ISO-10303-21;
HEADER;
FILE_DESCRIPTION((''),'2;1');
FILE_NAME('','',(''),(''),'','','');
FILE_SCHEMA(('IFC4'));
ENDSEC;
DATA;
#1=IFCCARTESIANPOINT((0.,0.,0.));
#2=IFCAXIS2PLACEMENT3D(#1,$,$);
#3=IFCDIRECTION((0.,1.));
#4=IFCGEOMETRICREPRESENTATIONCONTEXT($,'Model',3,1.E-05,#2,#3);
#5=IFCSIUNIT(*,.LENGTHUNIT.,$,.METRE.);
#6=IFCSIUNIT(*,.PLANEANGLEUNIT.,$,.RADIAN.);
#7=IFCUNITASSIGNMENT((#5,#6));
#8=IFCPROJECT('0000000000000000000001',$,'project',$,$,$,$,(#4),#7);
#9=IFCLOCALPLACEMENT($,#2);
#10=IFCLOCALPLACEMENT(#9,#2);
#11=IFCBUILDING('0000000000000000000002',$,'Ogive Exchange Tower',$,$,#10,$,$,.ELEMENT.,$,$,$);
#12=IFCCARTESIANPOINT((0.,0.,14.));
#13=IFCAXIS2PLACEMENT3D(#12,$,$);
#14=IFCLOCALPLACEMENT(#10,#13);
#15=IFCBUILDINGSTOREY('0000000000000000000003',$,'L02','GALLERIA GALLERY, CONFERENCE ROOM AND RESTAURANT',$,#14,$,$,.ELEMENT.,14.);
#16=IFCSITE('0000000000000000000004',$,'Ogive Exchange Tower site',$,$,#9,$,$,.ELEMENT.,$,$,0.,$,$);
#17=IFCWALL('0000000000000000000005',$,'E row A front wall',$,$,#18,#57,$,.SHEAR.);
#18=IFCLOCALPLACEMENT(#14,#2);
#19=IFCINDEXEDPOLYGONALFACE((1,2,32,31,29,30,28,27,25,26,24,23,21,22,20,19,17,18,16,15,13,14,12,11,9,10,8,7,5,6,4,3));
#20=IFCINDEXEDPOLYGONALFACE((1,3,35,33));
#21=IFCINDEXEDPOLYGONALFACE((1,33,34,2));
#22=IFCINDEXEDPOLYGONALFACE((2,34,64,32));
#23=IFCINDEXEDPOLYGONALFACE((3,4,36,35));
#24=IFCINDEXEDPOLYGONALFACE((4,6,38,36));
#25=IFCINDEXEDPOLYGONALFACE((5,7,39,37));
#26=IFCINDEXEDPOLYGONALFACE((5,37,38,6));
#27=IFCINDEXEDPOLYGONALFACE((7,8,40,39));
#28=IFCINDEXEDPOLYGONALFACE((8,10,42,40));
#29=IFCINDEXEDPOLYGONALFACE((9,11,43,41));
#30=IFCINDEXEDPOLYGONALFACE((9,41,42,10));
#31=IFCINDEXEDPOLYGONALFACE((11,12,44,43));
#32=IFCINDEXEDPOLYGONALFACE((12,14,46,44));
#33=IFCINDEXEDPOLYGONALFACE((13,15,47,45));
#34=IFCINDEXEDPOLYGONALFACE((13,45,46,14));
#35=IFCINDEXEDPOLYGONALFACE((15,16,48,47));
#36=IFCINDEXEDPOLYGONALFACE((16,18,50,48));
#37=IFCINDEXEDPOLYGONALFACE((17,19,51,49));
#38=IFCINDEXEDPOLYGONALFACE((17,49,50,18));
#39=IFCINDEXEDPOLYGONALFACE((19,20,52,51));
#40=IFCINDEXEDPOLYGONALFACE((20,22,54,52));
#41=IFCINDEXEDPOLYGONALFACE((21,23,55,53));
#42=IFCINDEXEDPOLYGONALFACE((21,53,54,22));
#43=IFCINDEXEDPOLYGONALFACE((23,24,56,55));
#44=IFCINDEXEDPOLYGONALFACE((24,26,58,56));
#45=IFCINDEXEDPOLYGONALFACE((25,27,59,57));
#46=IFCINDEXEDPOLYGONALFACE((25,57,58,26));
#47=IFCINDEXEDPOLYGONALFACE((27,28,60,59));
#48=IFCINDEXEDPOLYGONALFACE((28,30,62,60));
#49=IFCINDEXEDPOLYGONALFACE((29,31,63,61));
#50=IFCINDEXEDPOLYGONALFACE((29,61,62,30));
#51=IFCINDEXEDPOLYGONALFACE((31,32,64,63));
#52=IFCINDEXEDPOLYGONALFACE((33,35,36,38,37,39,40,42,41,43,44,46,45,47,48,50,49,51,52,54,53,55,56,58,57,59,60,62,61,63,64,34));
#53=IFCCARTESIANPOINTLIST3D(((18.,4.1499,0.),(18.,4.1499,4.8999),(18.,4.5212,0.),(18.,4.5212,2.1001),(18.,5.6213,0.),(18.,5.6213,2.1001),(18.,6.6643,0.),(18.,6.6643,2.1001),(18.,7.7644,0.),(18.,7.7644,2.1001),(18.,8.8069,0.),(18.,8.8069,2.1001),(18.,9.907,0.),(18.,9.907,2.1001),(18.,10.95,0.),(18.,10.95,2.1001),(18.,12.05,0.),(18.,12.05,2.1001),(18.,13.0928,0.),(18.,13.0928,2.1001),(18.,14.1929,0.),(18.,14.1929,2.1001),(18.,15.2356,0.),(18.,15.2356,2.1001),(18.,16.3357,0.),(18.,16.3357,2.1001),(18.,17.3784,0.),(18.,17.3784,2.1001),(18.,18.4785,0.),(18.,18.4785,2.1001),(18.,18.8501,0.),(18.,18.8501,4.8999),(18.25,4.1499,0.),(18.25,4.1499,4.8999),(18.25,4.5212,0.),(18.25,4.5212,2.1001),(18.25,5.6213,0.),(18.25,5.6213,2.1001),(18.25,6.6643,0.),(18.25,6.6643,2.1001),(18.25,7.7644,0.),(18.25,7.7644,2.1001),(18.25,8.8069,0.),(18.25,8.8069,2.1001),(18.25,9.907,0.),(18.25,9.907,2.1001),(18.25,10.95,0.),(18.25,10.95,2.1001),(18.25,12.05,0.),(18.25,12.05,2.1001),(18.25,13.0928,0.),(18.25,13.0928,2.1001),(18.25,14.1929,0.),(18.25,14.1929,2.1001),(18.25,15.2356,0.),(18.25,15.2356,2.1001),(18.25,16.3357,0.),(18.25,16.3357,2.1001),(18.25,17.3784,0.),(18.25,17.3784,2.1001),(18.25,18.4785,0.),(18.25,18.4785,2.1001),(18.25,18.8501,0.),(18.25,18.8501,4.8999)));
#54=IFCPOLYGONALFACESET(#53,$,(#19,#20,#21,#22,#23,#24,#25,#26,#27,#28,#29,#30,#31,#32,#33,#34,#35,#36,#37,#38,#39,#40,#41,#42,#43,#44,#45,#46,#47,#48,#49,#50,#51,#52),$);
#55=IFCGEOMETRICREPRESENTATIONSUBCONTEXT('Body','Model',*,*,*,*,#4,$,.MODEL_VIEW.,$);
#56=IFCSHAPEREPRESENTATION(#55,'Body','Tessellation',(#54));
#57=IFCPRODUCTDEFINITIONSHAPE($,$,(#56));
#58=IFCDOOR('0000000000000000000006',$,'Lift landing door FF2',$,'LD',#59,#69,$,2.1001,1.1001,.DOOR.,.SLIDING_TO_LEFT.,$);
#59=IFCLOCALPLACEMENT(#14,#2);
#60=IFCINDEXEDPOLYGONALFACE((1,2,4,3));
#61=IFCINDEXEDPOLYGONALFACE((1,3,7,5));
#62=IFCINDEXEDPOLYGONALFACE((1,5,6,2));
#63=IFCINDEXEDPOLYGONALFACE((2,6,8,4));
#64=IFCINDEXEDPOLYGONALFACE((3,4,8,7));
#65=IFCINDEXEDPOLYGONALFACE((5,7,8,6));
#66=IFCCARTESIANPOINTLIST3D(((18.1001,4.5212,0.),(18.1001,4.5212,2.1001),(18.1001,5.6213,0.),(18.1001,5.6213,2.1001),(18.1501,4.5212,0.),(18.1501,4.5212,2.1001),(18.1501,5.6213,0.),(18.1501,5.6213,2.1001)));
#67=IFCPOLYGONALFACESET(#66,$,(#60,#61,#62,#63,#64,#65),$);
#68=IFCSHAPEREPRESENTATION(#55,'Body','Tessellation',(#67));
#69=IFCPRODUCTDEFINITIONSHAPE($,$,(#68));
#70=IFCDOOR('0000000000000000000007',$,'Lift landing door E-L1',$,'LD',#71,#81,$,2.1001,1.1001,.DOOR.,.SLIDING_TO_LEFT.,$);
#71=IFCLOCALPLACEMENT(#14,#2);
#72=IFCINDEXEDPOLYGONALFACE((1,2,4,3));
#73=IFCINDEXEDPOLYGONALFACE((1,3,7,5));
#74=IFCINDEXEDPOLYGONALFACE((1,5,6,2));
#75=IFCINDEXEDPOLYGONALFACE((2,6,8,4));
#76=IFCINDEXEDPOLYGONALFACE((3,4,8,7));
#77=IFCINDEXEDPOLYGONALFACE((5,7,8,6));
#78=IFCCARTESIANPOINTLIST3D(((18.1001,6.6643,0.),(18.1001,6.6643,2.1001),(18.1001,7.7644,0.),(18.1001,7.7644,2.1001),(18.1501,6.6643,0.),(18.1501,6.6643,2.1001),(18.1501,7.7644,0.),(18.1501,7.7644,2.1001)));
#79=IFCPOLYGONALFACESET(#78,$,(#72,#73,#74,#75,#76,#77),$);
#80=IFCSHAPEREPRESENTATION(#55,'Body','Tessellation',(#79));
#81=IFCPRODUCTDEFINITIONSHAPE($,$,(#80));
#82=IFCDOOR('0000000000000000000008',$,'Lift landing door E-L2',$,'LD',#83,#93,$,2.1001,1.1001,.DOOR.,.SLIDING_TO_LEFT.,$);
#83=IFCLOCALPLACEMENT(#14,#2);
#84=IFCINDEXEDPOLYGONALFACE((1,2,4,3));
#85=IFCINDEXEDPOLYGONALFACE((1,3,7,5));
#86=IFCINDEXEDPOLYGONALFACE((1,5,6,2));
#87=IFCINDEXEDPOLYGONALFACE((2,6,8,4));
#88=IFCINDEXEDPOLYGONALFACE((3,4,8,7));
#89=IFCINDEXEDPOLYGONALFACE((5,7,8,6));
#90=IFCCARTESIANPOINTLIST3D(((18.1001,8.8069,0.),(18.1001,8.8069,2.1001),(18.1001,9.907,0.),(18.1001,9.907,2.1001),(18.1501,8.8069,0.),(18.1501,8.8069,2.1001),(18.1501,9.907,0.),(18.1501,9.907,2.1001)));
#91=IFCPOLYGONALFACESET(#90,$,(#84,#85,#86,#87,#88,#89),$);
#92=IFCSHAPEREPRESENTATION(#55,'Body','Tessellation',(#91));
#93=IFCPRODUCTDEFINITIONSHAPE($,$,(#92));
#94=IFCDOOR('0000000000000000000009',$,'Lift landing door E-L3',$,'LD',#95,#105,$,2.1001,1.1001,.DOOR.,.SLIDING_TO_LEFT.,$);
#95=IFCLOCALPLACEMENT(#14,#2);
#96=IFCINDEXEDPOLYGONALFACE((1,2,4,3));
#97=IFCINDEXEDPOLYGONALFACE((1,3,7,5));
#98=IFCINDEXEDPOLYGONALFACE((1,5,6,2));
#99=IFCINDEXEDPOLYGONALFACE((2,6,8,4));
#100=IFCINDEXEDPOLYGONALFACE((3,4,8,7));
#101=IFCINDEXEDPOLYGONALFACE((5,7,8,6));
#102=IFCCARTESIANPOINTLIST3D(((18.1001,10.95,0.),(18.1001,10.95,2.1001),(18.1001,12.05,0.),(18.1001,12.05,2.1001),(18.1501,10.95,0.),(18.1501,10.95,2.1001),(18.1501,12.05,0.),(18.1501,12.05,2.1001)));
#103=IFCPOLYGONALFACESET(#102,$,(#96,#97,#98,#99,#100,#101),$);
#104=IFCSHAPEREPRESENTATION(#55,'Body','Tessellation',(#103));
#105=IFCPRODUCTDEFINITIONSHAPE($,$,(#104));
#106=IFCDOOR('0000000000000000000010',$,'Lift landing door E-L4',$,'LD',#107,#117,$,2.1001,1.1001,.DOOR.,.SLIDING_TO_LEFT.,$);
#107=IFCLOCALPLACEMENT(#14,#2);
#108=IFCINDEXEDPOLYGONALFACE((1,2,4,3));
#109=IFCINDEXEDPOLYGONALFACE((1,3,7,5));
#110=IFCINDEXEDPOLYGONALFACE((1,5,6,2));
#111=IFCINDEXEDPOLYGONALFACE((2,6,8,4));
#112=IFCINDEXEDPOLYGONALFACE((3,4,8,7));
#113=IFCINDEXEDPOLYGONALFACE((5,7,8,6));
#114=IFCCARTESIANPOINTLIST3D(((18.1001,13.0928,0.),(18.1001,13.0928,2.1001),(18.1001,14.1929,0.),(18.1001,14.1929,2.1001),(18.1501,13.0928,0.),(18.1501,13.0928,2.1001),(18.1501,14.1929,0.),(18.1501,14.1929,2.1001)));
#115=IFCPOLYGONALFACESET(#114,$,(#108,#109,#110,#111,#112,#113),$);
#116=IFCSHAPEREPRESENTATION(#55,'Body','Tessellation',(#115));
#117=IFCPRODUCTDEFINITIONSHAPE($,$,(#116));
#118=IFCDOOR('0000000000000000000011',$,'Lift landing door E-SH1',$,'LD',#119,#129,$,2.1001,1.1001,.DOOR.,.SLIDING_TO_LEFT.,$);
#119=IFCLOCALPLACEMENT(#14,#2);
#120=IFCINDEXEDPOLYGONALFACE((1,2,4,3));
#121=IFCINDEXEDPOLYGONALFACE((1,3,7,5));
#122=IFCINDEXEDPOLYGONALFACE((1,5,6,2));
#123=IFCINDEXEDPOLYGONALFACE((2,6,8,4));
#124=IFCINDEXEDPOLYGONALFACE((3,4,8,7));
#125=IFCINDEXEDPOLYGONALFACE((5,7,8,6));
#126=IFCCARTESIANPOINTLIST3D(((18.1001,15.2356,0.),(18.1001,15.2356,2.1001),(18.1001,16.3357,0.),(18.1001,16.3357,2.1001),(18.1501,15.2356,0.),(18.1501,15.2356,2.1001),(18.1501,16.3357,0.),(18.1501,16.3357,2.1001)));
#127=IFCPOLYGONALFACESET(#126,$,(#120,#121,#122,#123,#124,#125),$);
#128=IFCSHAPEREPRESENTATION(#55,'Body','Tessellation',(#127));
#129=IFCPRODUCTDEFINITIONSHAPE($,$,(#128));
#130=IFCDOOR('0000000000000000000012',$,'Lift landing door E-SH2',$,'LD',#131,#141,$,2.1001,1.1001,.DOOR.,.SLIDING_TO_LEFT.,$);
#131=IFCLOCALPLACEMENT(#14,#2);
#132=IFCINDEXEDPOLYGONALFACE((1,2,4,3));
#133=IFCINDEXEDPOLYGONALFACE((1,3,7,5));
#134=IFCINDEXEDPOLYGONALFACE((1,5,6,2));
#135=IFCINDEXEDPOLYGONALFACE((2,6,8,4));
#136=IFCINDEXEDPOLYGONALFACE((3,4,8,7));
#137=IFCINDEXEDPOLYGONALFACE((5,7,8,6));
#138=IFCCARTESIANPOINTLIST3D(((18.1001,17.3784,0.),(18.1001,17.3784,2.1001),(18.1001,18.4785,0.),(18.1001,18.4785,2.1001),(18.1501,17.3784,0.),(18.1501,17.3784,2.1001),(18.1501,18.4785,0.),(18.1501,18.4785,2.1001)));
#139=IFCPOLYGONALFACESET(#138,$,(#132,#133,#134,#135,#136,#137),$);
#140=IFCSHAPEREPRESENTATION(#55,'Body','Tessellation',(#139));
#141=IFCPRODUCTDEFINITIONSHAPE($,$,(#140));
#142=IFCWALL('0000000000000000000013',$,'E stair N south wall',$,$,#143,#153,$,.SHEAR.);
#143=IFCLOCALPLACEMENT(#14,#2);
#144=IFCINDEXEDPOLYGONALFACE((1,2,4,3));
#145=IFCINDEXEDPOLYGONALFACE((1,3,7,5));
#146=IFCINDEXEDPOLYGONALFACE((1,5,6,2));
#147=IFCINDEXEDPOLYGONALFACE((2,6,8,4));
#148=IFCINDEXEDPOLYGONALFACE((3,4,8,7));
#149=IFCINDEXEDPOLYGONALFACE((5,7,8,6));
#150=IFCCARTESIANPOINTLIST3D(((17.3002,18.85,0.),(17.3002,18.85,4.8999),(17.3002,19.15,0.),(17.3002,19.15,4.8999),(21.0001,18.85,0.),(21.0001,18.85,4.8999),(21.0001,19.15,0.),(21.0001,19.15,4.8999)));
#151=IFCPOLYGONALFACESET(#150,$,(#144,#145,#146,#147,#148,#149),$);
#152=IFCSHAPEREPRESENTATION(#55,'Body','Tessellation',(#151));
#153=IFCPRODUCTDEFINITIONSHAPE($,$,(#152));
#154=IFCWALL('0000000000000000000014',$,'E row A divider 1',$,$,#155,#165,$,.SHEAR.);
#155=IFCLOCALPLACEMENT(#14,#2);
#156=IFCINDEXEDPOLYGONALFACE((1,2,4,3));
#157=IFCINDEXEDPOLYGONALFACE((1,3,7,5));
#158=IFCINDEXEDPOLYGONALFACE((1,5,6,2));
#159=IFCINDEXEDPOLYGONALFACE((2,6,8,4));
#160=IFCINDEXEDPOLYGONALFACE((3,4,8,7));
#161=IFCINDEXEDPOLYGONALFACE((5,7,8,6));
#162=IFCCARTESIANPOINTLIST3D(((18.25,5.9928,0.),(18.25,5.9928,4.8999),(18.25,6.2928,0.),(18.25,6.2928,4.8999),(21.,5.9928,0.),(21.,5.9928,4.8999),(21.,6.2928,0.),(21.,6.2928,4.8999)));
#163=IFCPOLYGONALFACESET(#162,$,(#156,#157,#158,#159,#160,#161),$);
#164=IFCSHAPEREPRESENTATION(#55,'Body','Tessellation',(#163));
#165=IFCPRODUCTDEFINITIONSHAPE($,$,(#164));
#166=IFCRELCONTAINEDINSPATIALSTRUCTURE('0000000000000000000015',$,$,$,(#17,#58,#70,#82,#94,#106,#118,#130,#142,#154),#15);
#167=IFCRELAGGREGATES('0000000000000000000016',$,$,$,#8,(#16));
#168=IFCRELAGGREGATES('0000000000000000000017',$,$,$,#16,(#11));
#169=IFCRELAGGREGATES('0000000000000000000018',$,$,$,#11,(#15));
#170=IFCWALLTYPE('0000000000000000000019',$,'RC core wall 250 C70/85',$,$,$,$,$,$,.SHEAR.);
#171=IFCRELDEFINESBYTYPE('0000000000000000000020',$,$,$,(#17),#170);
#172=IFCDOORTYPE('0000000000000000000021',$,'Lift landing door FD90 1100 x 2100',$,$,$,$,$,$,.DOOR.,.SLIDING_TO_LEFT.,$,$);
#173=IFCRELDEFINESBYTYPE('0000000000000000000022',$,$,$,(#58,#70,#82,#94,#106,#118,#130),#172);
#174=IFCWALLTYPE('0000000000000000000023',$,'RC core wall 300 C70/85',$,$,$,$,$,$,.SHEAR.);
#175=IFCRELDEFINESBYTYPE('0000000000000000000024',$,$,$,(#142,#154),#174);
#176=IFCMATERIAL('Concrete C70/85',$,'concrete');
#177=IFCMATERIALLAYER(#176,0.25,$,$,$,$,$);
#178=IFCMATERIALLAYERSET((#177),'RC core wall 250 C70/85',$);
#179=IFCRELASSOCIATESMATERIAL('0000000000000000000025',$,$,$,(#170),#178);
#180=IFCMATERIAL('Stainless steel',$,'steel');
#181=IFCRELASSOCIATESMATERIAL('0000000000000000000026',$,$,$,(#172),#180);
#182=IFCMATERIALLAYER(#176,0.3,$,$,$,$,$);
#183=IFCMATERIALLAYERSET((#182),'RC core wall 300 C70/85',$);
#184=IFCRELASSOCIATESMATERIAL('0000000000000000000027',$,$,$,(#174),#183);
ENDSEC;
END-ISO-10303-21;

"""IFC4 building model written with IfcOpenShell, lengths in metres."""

from ifc_helpers import new_model, si_unit, direction, frame, frame_2d, origin, place, context, subcontext, project, spatial, rectangle, extrude, material, layer, layer_set, type_object, element, fill, save


model = new_model("IFC4")

# Units and contexts
model_context = context("Model", 3, precision=1e-05, world=origin(), true_north=direction((0.0, 1.0)))
body_context = subcontext(model_context, "Body", "Model", "MODEL_VIEW")
ifc_project = project(units=[si_unit("LENGTHUNIT", "METRE"), si_unit("PLANEANGLEUNIT", "RADIAN")], contexts=[model_context])

# Site, building, storey
site_placement = place(None, origin())
site = spatial("IfcSite", under=ifc_project, at=site_placement, Name="Ogive Exchange Tower site", CompositionType="ELEMENT", RefElevation=0.0)
building_placement = place(site_placement, origin())
building = spatial("IfcBuilding", under=site, at=building_placement, Name="Ogive Exchange Tower", CompositionType="ELEMENT")
storey_placement = place(building_placement, frame((0.0, 0.0, 14.0)))
storey = spatial("IfcBuildingStorey", under=building, at=storey_placement, Name="L02", Description="GALLERIA GALLERY, CONFERENCE ROOM AND RESTAURANT", CompositionType="ELEMENT", Elevation=14.0)

# Shared definitions
ifc_material_1 = material(Name="Concrete C70/85", Category="concrete")
ifc_layer_1 = layer(ifc_material_1, 0.25)
ifc_layer_set_1 = layer_set([ifc_layer_1], Name="RC core wall 250 C70/85")
wall_type_1 = type_object("IfcWallType", Name="RC core wall 250 C70/85", PredefinedType="SHEAR", material=ifc_layer_set_1)

# Wall, openings, doors
wall_1_placement = place(storey_placement, frame((18.125, 4.1499, 0.0), z_axis=(0.0, 0.0, 1.0), x_axis=(0.0, 1.0, 0.0)))
wall_1 = element("IfcWall", 1, at=wall_1_placement, inside=storey, type_object=wall_type_1, Name="E row A front wall", PredefinedType="SHEAR", context=body_context, shape_type="SweptSolid", body=[
    extrude(rectangle(XDim=14.7002, YDim=0.25, at=frame_2d((7.3501, 0.0))), origin(), (0.0, 0.0, 1.0), 4.8999),
])
opening_1_placement = place(wall_1_placement, frame((0.3713, 0.0, 0.0)))
opening_1 = element("IfcOpeningElement", 2, at=opening_1_placement, cuts=wall_1, PredefinedType="OPENING", context=body_context, shape_type="SweptSolid", body=[
    extrude(rectangle(XDim=1.1001, YDim=2.1001, at=frame_2d((0.55, 1.05))), frame((0.0, 0.135, 0.0), z_axis=(0.0, -1.0, 0.0), x_axis=(1.0, 0.0, 0.0)), (0.0, 0.0, 1.0), 0.27),
])
opening_2_placement = place(wall_1_placement, frame((2.5144, 0.0, 0.0)))
opening_2 = element("IfcOpeningElement", 3, at=opening_2_placement, cuts=wall_1, PredefinedType="OPENING", context=body_context, shape_type="SweptSolid", body=[
    extrude(rectangle(XDim=1.1001, YDim=2.1001, at=frame_2d((0.55, 1.05))), frame((0.0, 0.135, 0.0), z_axis=(0.0, -1.0, 0.0), x_axis=(1.0, 0.0, 0.0)), (0.0, 0.0, 1.0), 0.27),
])
opening_3_placement = place(wall_1_placement, frame((4.657, 0.0, 0.0)))
opening_3 = element("IfcOpeningElement", 4, at=opening_3_placement, cuts=wall_1, PredefinedType="OPENING", context=body_context, shape_type="SweptSolid", body=[
    extrude(rectangle(XDim=1.1001, YDim=2.1001, at=frame_2d((0.55, 1.05))), frame((0.0, 0.135, 0.0), z_axis=(0.0, -1.0, 0.0), x_axis=(1.0, 0.0, 0.0)), (0.0, 0.0, 1.0), 0.27),
])
opening_4_placement = place(wall_1_placement, frame((6.8, 0.0, 0.0)))
opening_4 = element("IfcOpeningElement", 5, at=opening_4_placement, cuts=wall_1, PredefinedType="OPENING", context=body_context, shape_type="SweptSolid", body=[
    extrude(rectangle(XDim=1.1001, YDim=2.1001, at=frame_2d((0.55, 1.05))), frame((0.0, 0.135, 0.0), z_axis=(0.0, -1.0, 0.0), x_axis=(1.0, 0.0, 0.0)), (0.0, 0.0, 1.0), 0.27),
])
opening_5_placement = place(wall_1_placement, frame((8.9429, 0.0, 0.0)))
opening_5 = element("IfcOpeningElement", 6, at=opening_5_placement, cuts=wall_1, PredefinedType="OPENING", context=body_context, shape_type="SweptSolid", body=[
    extrude(rectangle(XDim=1.1001, YDim=2.1001, at=frame_2d((0.55, 1.05))), frame((0.0, 0.135, 0.0), z_axis=(0.0, -1.0, 0.0), x_axis=(1.0, 0.0, 0.0)), (0.0, 0.0, 1.0), 0.27),
])
opening_6_placement = place(wall_1_placement, frame((11.0857, 0.0, 0.0)))
opening_6 = element("IfcOpeningElement", 7, at=opening_6_placement, cuts=wall_1, PredefinedType="OPENING", context=body_context, shape_type="SweptSolid", body=[
    extrude(rectangle(XDim=1.1001, YDim=2.1001, at=frame_2d((0.55, 1.05))), frame((0.0, 0.135, 0.0), z_axis=(0.0, -1.0, 0.0), x_axis=(1.0, 0.0, 0.0)), (0.0, 0.0, 1.0), 0.27),
])
opening_7_placement = place(wall_1_placement, frame((13.2285, 0.0, 0.0)))
opening_7 = element("IfcOpeningElement", 8, at=opening_7_placement, cuts=wall_1, PredefinedType="OPENING", context=body_context, shape_type="SweptSolid", body=[
    extrude(rectangle(XDim=1.1001, YDim=2.1001, at=frame_2d((0.55, 1.05))), frame((0.0, 0.135, 0.0), z_axis=(0.0, -1.0, 0.0), x_axis=(1.0, 0.0, 0.0)), (0.0, 0.0, 1.0), 0.27),
])
ifc_material_2 = material(Name="Stainless steel", Category="steel")
door_type_1 = type_object("IfcDoorType", Name="Lift landing door FD90 1100 x 2100", OperationType="SLIDING_TO_LEFT", PredefinedType="DOOR", material=ifc_material_2)
door_1_placement = place(opening_1_placement, origin())
door_1 = element("IfcDoor", 9, at=door_1_placement, inside=storey, type_object=door_type_1, Name="Lift landing door FF2", ObjectType="LD", OperationType="SLIDING_TO_LEFT", OverallHeight=2.1001, OverallWidth=1.1001, PredefinedType="DOOR", context=body_context, shape_type="SweptSolid", body=[
    extrude(rectangle(XDim=1.1001, YDim=2.1001, at=frame_2d((0.55, 1.05))), frame((0.0, 0.0249, 0.0), z_axis=(0.0, -1.0, 0.0), x_axis=(1.0, 0.0, 0.0)), (0.0, 0.0, 1.0), 0.05),
])
fill(opening_1, door_1)
door_2_placement = place(opening_2_placement, origin())
door_2 = element("IfcDoor", 10, at=door_2_placement, inside=storey, type_object=door_type_1, Name="Lift landing door E-L1", ObjectType="LD", OperationType="SLIDING_TO_LEFT", OverallHeight=2.1001, OverallWidth=1.1001, PredefinedType="DOOR", context=body_context, shape_type="SweptSolid", body=[
    extrude(rectangle(XDim=1.1001, YDim=2.1001, at=frame_2d((0.55, 1.05))), frame((0.0, 0.0249, 0.0), z_axis=(0.0, -1.0, 0.0), x_axis=(1.0, 0.0, 0.0)), (0.0, 0.0, 1.0), 0.05),
])
fill(opening_2, door_2)
door_3_placement = place(opening_3_placement, origin())
door_3 = element("IfcDoor", 11, at=door_3_placement, inside=storey, type_object=door_type_1, Name="Lift landing door E-L2", ObjectType="LD", OperationType="SLIDING_TO_LEFT", OverallHeight=2.1001, OverallWidth=1.1001, PredefinedType="DOOR", context=body_context, shape_type="SweptSolid", body=[
    extrude(rectangle(XDim=1.1001, YDim=2.1001, at=frame_2d((0.55, 1.05))), frame((0.0, 0.0249, 0.0), z_axis=(0.0, -1.0, 0.0), x_axis=(1.0, 0.0, 0.0)), (0.0, 0.0, 1.0), 0.05),
])
fill(opening_3, door_3)
door_4_placement = place(opening_4_placement, origin())
door_4 = element("IfcDoor", 12, at=door_4_placement, inside=storey, type_object=door_type_1, Name="Lift landing door E-L3", ObjectType="LD", OperationType="SLIDING_TO_LEFT", OverallHeight=2.1001, OverallWidth=1.1001, PredefinedType="DOOR", context=body_context, shape_type="SweptSolid", body=[
    extrude(rectangle(XDim=1.1001, YDim=2.1001, at=frame_2d((0.55, 1.05))), frame((0.0, 0.0249, 0.0), z_axis=(0.0, -1.0, 0.0), x_axis=(1.0, 0.0, 0.0)), (0.0, 0.0, 1.0), 0.05),
])
fill(opening_4, door_4)
door_5_placement = place(opening_5_placement, origin())
door_5 = element("IfcDoor", 13, at=door_5_placement, inside=storey, type_object=door_type_1, Name="Lift landing door E-L4", ObjectType="LD", OperationType="SLIDING_TO_LEFT", OverallHeight=2.1001, OverallWidth=1.1001, PredefinedType="DOOR", context=body_context, shape_type="SweptSolid", body=[
    extrude(rectangle(XDim=1.1001, YDim=2.1001, at=frame_2d((0.55, 1.05))), frame((0.0, 0.0249, 0.0), z_axis=(0.0, -1.0, 0.0), x_axis=(1.0, 0.0, 0.0)), (0.0, 0.0, 1.0), 0.05),
])
fill(opening_5, door_5)
door_6_placement = place(opening_6_placement, origin())
door_6 = element("IfcDoor", 14, at=door_6_placement, inside=storey, type_object=door_type_1, Name="Lift landing door E-SH1", ObjectType="LD", OperationType="SLIDING_TO_LEFT", OverallHeight=2.1001, OverallWidth=1.1001, PredefinedType="DOOR", context=body_context, shape_type="SweptSolid", body=[
    extrude(rectangle(XDim=1.1001, YDim=2.1001, at=frame_2d((0.55, 1.05))), frame((0.0, 0.0249, 0.0), z_axis=(0.0, -1.0, 0.0), x_axis=(1.0, 0.0, 0.0)), (0.0, 0.0, 1.0), 0.05),
])
fill(opening_6, door_6)
door_7_placement = place(opening_7_placement, origin())
door_7 = element("IfcDoor", 15, at=door_7_placement, inside=storey, type_object=door_type_1, Name="Lift landing door E-SH2", ObjectType="LD", OperationType="SLIDING_TO_LEFT", OverallHeight=2.1001, OverallWidth=1.1001, PredefinedType="DOOR", context=body_context, shape_type="SweptSolid", body=[
    extrude(rectangle(XDim=1.1001, YDim=2.1001, at=frame_2d((0.55, 1.05))), frame((0.0, 0.0249, 0.0), z_axis=(0.0, -1.0, 0.0), x_axis=(1.0, 0.0, 0.0)), (0.0, 0.0, 1.0), 0.05),
])
fill(opening_7, door_7)

# Walls
ifc_layer_2 = layer(ifc_material_1, 0.3)
ifc_layer_set_2 = layer_set([ifc_layer_2], Name="RC core wall 300 C70/85")
wall_type_2 = type_object("IfcWallType", Name="RC core wall 300 C70/85", PredefinedType="SHEAR", material=ifc_layer_set_2)
wall_2_placement = place(storey_placement, frame((17.3, 19.0, 0.0), z_axis=(0.0, 0.0, 1.0), x_axis=(1.0, 0.0, 0.0)))
element("IfcWall", 16, at=wall_2_placement, inside=storey, type_object=wall_type_2, Name="E stair N south wall", PredefinedType="SHEAR", context=body_context, shape_type="SweptSolid", body=[
    extrude(rectangle(XDim=3.7, YDim=0.3, at=frame_2d((1.8501, 0.0))), origin(), (0.0, 0.0, 1.0), 4.8999),
])
for number, where, z_axis, x_axis, name in (
    (17, (18.25, 6.1428, 0.0), (0.0, 0.0, 1.0), (1.0, 0.0, 0.0), "E row A divider 1"),
):
    element("IfcWall", number, at=place(storey_placement, frame(where, z_axis=z_axis, x_axis=x_axis)), inside=storey, type_object=wall_type_2, Name=name, PredefinedType="SHEAR", context=body_context, shape_type="SweptSolid", body=[
        extrude(rectangle(XDim=2.75, YDim=0.3, at=frame_2d((1.375, 0.0))), origin(), (0.0, 0.0, 1.0), 4.8999),
    ])

save(model, "model.ifc")
